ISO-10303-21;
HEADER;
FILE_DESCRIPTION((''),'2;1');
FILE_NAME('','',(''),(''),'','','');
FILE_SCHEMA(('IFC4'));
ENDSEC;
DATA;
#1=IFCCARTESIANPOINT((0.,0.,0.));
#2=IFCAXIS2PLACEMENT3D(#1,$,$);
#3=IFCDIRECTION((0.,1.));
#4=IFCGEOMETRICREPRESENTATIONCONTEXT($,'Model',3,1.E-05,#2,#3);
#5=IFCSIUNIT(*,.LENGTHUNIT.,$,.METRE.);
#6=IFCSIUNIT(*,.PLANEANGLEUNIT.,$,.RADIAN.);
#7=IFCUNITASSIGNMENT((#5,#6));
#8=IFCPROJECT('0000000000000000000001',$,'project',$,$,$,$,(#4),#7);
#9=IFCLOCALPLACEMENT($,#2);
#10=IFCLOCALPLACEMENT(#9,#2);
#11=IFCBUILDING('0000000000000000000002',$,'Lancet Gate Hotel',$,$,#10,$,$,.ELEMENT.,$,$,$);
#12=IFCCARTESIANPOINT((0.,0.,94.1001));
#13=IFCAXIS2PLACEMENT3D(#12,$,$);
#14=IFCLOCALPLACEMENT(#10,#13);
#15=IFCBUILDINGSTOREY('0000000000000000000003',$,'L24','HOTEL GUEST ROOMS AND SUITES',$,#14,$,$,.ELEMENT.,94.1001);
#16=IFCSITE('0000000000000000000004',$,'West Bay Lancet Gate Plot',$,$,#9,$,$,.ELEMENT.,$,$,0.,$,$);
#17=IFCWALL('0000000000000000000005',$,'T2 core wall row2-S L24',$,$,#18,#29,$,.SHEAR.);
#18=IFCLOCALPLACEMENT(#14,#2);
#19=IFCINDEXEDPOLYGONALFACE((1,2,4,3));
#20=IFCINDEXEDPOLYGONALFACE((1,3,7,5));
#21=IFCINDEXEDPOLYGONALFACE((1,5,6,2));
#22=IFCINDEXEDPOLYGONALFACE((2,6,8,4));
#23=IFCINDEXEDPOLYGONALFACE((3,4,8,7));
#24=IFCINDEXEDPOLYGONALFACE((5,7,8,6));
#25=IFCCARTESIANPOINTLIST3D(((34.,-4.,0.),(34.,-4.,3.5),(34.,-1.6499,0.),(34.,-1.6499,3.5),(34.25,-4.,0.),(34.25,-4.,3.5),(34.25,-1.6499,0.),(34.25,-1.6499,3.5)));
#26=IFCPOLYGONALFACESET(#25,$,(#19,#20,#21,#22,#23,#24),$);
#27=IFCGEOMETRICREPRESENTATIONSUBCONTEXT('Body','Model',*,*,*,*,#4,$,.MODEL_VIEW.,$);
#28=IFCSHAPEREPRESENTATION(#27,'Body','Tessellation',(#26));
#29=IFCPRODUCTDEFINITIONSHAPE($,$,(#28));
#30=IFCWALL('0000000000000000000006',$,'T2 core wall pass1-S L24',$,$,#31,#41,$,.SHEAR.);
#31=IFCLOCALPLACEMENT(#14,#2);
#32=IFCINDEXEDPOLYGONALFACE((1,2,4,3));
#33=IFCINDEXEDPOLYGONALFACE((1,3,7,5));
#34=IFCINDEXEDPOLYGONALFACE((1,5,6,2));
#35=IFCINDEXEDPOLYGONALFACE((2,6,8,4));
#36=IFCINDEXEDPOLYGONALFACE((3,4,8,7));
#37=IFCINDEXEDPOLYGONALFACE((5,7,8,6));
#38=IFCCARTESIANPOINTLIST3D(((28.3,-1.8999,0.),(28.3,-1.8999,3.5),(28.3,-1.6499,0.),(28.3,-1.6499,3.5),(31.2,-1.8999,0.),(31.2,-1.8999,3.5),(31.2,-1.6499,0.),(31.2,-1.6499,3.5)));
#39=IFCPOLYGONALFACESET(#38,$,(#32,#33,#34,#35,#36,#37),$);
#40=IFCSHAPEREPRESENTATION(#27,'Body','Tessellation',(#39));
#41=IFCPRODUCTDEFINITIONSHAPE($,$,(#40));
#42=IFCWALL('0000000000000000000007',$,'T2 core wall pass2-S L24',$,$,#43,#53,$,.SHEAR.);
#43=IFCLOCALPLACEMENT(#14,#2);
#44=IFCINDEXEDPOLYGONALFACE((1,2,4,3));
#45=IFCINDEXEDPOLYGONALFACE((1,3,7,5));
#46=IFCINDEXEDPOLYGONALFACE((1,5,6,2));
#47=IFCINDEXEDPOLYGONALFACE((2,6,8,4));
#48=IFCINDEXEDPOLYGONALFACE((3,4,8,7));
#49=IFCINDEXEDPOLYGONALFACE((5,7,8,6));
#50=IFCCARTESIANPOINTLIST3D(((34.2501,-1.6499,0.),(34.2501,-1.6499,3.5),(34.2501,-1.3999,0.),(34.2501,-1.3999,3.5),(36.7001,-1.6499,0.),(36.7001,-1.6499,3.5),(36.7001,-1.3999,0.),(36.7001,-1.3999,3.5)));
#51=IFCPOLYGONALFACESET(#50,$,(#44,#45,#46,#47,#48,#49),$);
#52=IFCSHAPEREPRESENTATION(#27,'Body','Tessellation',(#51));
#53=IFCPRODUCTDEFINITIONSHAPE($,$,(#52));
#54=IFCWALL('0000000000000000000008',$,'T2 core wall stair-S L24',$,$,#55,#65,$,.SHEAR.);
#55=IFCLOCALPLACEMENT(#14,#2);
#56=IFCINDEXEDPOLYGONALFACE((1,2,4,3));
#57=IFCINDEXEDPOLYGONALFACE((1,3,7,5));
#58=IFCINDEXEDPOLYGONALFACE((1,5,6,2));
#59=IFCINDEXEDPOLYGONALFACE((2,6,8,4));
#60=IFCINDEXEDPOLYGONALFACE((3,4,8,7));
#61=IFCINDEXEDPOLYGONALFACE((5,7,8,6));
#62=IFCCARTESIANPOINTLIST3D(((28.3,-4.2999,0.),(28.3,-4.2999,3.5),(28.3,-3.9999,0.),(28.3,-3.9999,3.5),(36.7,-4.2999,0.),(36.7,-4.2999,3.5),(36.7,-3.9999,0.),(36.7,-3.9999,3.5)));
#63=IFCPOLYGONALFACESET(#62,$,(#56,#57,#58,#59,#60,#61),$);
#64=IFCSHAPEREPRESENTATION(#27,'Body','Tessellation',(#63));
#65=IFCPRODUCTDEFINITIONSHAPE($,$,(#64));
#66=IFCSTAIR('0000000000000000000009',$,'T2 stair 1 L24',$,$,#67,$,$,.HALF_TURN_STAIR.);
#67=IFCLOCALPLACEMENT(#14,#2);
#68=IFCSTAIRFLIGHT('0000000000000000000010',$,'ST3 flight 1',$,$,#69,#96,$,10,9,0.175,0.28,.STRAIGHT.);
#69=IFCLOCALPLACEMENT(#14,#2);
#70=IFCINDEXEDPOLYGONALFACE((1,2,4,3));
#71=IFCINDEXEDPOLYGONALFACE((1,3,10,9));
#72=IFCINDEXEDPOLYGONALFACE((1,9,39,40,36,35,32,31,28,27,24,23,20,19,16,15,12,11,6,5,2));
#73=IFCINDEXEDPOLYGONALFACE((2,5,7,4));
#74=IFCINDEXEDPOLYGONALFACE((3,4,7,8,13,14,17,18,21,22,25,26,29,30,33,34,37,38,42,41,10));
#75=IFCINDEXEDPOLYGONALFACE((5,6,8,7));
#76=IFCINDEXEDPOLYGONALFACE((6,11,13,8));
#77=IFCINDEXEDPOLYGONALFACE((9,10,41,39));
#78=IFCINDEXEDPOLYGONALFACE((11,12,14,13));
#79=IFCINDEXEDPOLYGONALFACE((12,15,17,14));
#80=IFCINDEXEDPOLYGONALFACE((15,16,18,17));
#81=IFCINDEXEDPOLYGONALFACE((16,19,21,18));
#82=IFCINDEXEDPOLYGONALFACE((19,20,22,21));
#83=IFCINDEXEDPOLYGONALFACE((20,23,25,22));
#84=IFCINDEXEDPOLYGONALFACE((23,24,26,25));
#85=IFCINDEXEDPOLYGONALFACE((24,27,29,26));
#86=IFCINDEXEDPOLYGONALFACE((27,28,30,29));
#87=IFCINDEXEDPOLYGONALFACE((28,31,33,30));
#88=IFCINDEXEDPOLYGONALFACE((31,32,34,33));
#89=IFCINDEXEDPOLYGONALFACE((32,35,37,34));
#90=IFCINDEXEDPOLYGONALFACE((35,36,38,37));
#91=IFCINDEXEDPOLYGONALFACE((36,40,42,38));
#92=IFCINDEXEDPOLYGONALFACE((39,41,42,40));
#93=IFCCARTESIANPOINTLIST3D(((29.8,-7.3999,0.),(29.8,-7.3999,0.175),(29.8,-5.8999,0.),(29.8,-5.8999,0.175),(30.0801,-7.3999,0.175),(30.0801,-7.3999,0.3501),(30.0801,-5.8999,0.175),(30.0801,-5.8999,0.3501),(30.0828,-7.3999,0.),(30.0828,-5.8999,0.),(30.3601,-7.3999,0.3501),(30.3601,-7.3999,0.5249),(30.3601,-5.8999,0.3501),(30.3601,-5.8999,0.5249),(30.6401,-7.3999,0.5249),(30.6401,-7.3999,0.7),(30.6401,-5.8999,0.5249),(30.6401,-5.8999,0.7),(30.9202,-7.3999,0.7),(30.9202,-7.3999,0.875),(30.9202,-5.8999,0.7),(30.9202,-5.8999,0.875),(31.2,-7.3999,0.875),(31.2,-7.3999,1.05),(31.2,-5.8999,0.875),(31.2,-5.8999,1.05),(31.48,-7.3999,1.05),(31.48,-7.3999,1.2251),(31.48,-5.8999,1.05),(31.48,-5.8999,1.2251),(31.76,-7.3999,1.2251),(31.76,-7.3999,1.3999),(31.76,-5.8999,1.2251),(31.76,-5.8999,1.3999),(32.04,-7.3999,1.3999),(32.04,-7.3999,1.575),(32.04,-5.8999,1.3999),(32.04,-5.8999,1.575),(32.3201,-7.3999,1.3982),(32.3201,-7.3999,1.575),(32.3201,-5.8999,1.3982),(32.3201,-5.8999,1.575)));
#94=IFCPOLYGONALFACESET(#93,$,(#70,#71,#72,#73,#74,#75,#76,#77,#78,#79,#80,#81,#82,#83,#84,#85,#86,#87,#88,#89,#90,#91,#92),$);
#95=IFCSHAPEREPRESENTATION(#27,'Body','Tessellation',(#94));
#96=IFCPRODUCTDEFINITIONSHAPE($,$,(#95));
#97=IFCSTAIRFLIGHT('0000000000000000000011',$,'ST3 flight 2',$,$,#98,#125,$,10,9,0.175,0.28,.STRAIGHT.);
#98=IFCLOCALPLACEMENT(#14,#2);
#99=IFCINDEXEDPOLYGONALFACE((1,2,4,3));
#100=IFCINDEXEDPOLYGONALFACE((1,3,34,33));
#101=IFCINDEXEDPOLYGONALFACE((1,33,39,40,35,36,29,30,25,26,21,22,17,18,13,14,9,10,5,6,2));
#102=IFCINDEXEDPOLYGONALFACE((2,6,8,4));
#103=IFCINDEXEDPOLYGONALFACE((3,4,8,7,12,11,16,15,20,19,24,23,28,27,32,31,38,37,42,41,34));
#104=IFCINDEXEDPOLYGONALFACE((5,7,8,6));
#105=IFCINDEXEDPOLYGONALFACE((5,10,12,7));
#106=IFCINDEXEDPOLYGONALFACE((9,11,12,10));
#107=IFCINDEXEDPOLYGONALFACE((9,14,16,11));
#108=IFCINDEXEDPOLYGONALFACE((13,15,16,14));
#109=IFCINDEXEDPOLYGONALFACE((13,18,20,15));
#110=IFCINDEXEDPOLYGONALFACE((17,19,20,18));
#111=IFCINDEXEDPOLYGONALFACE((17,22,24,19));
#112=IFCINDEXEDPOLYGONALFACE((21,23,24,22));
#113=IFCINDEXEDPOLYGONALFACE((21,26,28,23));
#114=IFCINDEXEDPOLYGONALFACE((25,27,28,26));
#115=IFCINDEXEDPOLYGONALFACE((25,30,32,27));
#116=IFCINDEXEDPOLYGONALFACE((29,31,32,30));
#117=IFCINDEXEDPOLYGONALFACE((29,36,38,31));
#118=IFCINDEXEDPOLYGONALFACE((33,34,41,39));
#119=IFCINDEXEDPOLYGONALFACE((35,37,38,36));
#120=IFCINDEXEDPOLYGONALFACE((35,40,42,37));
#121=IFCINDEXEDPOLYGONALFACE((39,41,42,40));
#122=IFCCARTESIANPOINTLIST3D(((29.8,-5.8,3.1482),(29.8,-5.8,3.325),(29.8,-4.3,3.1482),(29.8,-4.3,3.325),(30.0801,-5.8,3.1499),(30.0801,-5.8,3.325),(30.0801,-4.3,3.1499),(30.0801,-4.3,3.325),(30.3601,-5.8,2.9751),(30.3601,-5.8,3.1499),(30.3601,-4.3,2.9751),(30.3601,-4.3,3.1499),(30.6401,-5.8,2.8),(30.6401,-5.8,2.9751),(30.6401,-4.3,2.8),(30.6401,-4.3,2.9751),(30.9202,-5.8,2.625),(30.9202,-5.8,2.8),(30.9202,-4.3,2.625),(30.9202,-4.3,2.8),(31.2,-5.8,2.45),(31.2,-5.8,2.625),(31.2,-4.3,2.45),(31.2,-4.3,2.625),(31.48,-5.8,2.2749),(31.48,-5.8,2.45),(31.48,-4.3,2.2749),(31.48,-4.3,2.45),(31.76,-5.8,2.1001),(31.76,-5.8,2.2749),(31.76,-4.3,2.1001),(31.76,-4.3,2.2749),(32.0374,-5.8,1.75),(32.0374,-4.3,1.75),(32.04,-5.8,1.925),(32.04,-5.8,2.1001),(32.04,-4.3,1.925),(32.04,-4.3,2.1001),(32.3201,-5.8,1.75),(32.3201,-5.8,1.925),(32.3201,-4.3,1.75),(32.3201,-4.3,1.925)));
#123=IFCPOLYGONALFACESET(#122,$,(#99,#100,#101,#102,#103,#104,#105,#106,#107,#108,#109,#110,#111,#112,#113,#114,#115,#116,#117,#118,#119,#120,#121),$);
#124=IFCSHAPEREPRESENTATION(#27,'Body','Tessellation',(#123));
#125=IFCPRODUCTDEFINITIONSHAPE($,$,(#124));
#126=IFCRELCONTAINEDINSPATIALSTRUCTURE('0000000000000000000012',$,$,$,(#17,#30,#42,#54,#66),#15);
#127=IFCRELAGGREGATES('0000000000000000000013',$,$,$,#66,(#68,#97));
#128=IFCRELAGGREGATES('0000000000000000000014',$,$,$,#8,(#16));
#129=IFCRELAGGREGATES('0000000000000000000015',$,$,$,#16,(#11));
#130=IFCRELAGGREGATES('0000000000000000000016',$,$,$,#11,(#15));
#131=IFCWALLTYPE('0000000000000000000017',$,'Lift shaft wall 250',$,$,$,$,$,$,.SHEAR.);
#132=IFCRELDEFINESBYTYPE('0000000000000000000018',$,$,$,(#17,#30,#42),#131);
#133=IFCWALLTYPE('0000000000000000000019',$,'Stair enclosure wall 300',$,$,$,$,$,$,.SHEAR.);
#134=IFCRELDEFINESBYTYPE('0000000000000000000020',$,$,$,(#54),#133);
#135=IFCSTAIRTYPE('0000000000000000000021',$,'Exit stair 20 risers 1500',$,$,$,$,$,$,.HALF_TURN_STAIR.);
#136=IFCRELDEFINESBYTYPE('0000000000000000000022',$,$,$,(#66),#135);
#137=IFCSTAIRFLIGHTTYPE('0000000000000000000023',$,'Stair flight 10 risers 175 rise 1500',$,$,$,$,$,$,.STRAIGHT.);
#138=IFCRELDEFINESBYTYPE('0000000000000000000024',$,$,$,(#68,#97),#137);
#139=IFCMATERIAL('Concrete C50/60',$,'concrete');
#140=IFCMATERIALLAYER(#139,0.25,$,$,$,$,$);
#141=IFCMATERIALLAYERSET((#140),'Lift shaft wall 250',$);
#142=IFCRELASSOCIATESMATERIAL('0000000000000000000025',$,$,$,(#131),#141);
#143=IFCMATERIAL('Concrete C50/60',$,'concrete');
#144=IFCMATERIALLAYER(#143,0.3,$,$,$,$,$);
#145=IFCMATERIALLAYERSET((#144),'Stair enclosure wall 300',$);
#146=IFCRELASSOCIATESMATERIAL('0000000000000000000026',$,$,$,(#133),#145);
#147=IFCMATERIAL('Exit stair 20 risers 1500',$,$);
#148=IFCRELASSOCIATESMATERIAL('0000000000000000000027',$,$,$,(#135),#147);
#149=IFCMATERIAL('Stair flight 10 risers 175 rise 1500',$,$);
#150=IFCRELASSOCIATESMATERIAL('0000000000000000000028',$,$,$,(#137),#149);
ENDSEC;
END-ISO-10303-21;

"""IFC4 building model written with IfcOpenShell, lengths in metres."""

from ifc_helpers import new_model, si_unit, direction, frame, frame_2d, origin, place, context, subcontext, project, spatial, polyline, rectangle, outline, extrude, material, layer, layer_set, type_object, element, aggregate, save


model = new_model("IFC4")

# Units and contexts
model_context = context("Model", 3, precision=1e-05, world=origin(), true_north=direction((0.0, 1.0)))
body_context = subcontext(model_context, "Body", "Model", "MODEL_VIEW")
ifc_project = project(units=[si_unit("LENGTHUNIT", "METRE"), si_unit("PLANEANGLEUNIT", "RADIAN")], contexts=[model_context])

# Site, building, storey
site_placement = place(None, origin())
site = spatial("IfcSite", under=ifc_project, at=site_placement, Name="West Bay Lancet Gate Plot", CompositionType="ELEMENT", RefElevation=0.0)
building_placement = place(site_placement, origin())
building = spatial("IfcBuilding", under=site, at=building_placement, Name="Lancet Gate Hotel", CompositionType="ELEMENT")
storey_placement = place(building_placement, frame((0.0, 0.0, 94.1001)))
storey = spatial("IfcBuildingStorey", under=building, at=storey_placement, Name="L24", Description="HOTEL GUEST ROOMS AND SUITES", CompositionType="ELEMENT", Elevation=94.1001)

# Shared definitions
ifc_material_1 = material(Name="Concrete C50/60", Category="concrete")
ifc_layer_1 = layer(ifc_material_1, 0.25)
ifc_layer_set_1 = layer_set([ifc_layer_1], Name="Lift shaft wall 250")
wall_type_1 = type_object("IfcWallType", Name="Lift shaft wall 250", PredefinedType="SHEAR", material=ifc_layer_set_1)

# Walls
wall_1_placement = place(storey_placement, frame((34.125, -4.0, 0.0), z_axis=(0.0, 0.0, 1.0), x_axis=(0.0, 1.0, 0.0)))
element("IfcWall", 1, at=wall_1_placement, inside=storey, type_object=wall_type_1, Name="T2 core wall row2-S L24", PredefinedType="SHEAR", context=body_context, shape_type="SweptSolid", body=[
    extrude(rectangle(XDim=2.3501, YDim=0.25, at=frame_2d((1.175, 0.0))), origin(), (0.0, 0.0, 1.0), 3.5),
])
wall_2_placement = place(storey_placement, frame((28.3, -1.7749, 0.0), z_axis=(0.0, 0.0, 1.0), x_axis=(1.0, 0.0, 0.0)))
element("IfcWall", 2, at=wall_2_placement, inside=storey, type_object=wall_type_1, Name="T2 core wall pass1-S L24", PredefinedType="SHEAR", context=body_context, shape_type="SweptSolid", body=[
    extrude(rectangle(XDim=2.8999, YDim=0.25, at=frame_2d((1.45, 0.0))), origin(), (0.0, 0.0, 1.0), 3.5),
])
wall_3_placement = place(storey_placement, frame((34.25, -1.5249, 0.0), z_axis=(0.0, 0.0, 1.0), x_axis=(1.0, 0.0, 0.0)))
element("IfcWall", 3, at=wall_3_placement, inside=storey, type_object=wall_type_1, Name="T2 core wall pass2-S L24", PredefinedType="SHEAR", context=body_context, shape_type="SweptSolid", body=[
    extrude(rectangle(XDim=2.45, YDim=0.25, at=frame_2d((1.2251, 0.0))), origin(), (0.0, 0.0, 1.0), 3.5),
])
ifc_material_2 = material(Name="Concrete C50/60", Category="concrete")
ifc_layer_2 = layer(ifc_material_2, 0.3)
ifc_layer_set_2 = layer_set([ifc_layer_2], Name="Stair enclosure wall 300")
wall_type_2 = type_object("IfcWallType", Name="Stair enclosure wall 300", PredefinedType="SHEAR", material=ifc_layer_set_2)
wall_4_placement = place(storey_placement, frame((28.3, -4.1499, 0.0), z_axis=(0.0, 0.0, 1.0), x_axis=(1.0, 0.0, 0.0)))
element("IfcWall", 4, at=wall_4_placement, inside=storey, type_object=wall_type_2, Name="T2 core wall stair-S L24", PredefinedType="SHEAR", context=body_context, shape_type="SweptSolid", body=[
    extrude(rectangle(XDim=8.3999, YDim=0.3, at=frame_2d((4.2, 0.0))), origin(), (0.0, 0.0, 1.0), 3.5),
])

# Stair, stair flights
ifc_material_3 = material(Name="Exit stair 20 risers 1500")
stair_type = type_object("IfcStairType", Name="Exit stair 20 risers 1500", PredefinedType="HALF_TURN_STAIR", material=ifc_material_3)
stair_placement = place(storey_placement, origin())
stair = element("IfcStair", 5, at=stair_placement, inside=storey, type_object=stair_type, Name="T2 stair 1 L24", PredefinedType="HALF_TURN_STAIR")
ifc_material_4 = material(Name="Stair flight 10 risers 175 rise 1500")
stair_flight_type = type_object("IfcStairFlightType", Name="Stair flight 10 risers 175 rise 1500", PredefinedType="STRAIGHT", material=ifc_material_4)
stair_flight_1_placement = place(storey_placement, frame((29.8, -6.6499, 0.0), z_axis=(0.0, 0.0, 1.0), x_axis=(1.0, 0.0, 0.0)))
stair_flight_1 = element("IfcStairFlight", 6, at=stair_flight_1_placement, type_object=stair_flight_type, Name="ST3 flight 1", NumberOfRisers=10, NumberOfTreads=9, PredefinedType="STRAIGHT", RiserHeight=0.175, TreadLength=0.28, context=body_context, shape_type="SweptSolid", body=[
    extrude(outline(polyline([(0.0, 0.0), (0.0, 0.175), (0.28, 0.175), (0.28, 0.3501), (0.5601, 0.3501), (0.5601, 0.5249), (0.8401, 0.5249), (0.8401, 0.7), (1.1201, 0.7), (1.1201, 0.875), (1.3999, 0.875), (1.3999, 1.05), (1.6799, 1.05), (1.6799, 1.2251), (1.96, 1.2251), (1.96, 1.3999), (2.24, 1.3999), (2.24, 1.575), (2.52, 1.575), (2.52, 1.75), (2.52, 1.3982), (0.2827, 0.0), (0.0, 0.0)])), frame((0.0, 0.75, 0.0), z_axis=(0.0, -1.0, 0.0), x_axis=(1.0, 0.0, 0.0)), (0.0, 0.0, 1.0), 1.5),
])
stair_flight_2_placement = place(storey_placement, frame((32.3201, -5.05, 1.75), z_axis=(0.0, 0.0, 1.0), x_axis=(-1.0, 0.0, 0.0)))
stair_flight_2 = element("IfcStairFlight", 7, at=stair_flight_2_placement, type_object=stair_flight_type, Name="ST3 flight 2", NumberOfRisers=10, NumberOfTreads=9, PredefinedType="STRAIGHT", RiserHeight=0.175, TreadLength=0.28, context=body_context, shape_type="SweptSolid", body=[
    extrude(outline(polyline([(0.0, 0.0), (0.0, 0.175), (0.28, 0.175), (0.28, 0.3501), (0.5601, 0.3501), (0.5601, 0.5249), (0.8401, 0.5249), (0.8401, 0.7), (1.1201, 0.7), (1.1201, 0.875), (1.3999, 0.875), (1.3999, 1.05), (1.6799, 1.05), (1.6799, 1.2251), (1.96, 1.2251), (1.96, 1.3999), (2.24, 1.3999), (2.24, 1.575), (2.52, 1.575), (2.52, 1.75), (2.52, 1.3982), (0.2827, 0.0), (0.0, 0.0)])), frame((0.0, 0.75, 0.0), z_axis=(0.0, -1.0, 0.0), x_axis=(1.0, 0.0, 0.0)), (0.0, 0.0, 1.0), 1.5),
])
aggregate(stair, [stair_flight_1, stair_flight_2])

save(model, "model.ifc")
